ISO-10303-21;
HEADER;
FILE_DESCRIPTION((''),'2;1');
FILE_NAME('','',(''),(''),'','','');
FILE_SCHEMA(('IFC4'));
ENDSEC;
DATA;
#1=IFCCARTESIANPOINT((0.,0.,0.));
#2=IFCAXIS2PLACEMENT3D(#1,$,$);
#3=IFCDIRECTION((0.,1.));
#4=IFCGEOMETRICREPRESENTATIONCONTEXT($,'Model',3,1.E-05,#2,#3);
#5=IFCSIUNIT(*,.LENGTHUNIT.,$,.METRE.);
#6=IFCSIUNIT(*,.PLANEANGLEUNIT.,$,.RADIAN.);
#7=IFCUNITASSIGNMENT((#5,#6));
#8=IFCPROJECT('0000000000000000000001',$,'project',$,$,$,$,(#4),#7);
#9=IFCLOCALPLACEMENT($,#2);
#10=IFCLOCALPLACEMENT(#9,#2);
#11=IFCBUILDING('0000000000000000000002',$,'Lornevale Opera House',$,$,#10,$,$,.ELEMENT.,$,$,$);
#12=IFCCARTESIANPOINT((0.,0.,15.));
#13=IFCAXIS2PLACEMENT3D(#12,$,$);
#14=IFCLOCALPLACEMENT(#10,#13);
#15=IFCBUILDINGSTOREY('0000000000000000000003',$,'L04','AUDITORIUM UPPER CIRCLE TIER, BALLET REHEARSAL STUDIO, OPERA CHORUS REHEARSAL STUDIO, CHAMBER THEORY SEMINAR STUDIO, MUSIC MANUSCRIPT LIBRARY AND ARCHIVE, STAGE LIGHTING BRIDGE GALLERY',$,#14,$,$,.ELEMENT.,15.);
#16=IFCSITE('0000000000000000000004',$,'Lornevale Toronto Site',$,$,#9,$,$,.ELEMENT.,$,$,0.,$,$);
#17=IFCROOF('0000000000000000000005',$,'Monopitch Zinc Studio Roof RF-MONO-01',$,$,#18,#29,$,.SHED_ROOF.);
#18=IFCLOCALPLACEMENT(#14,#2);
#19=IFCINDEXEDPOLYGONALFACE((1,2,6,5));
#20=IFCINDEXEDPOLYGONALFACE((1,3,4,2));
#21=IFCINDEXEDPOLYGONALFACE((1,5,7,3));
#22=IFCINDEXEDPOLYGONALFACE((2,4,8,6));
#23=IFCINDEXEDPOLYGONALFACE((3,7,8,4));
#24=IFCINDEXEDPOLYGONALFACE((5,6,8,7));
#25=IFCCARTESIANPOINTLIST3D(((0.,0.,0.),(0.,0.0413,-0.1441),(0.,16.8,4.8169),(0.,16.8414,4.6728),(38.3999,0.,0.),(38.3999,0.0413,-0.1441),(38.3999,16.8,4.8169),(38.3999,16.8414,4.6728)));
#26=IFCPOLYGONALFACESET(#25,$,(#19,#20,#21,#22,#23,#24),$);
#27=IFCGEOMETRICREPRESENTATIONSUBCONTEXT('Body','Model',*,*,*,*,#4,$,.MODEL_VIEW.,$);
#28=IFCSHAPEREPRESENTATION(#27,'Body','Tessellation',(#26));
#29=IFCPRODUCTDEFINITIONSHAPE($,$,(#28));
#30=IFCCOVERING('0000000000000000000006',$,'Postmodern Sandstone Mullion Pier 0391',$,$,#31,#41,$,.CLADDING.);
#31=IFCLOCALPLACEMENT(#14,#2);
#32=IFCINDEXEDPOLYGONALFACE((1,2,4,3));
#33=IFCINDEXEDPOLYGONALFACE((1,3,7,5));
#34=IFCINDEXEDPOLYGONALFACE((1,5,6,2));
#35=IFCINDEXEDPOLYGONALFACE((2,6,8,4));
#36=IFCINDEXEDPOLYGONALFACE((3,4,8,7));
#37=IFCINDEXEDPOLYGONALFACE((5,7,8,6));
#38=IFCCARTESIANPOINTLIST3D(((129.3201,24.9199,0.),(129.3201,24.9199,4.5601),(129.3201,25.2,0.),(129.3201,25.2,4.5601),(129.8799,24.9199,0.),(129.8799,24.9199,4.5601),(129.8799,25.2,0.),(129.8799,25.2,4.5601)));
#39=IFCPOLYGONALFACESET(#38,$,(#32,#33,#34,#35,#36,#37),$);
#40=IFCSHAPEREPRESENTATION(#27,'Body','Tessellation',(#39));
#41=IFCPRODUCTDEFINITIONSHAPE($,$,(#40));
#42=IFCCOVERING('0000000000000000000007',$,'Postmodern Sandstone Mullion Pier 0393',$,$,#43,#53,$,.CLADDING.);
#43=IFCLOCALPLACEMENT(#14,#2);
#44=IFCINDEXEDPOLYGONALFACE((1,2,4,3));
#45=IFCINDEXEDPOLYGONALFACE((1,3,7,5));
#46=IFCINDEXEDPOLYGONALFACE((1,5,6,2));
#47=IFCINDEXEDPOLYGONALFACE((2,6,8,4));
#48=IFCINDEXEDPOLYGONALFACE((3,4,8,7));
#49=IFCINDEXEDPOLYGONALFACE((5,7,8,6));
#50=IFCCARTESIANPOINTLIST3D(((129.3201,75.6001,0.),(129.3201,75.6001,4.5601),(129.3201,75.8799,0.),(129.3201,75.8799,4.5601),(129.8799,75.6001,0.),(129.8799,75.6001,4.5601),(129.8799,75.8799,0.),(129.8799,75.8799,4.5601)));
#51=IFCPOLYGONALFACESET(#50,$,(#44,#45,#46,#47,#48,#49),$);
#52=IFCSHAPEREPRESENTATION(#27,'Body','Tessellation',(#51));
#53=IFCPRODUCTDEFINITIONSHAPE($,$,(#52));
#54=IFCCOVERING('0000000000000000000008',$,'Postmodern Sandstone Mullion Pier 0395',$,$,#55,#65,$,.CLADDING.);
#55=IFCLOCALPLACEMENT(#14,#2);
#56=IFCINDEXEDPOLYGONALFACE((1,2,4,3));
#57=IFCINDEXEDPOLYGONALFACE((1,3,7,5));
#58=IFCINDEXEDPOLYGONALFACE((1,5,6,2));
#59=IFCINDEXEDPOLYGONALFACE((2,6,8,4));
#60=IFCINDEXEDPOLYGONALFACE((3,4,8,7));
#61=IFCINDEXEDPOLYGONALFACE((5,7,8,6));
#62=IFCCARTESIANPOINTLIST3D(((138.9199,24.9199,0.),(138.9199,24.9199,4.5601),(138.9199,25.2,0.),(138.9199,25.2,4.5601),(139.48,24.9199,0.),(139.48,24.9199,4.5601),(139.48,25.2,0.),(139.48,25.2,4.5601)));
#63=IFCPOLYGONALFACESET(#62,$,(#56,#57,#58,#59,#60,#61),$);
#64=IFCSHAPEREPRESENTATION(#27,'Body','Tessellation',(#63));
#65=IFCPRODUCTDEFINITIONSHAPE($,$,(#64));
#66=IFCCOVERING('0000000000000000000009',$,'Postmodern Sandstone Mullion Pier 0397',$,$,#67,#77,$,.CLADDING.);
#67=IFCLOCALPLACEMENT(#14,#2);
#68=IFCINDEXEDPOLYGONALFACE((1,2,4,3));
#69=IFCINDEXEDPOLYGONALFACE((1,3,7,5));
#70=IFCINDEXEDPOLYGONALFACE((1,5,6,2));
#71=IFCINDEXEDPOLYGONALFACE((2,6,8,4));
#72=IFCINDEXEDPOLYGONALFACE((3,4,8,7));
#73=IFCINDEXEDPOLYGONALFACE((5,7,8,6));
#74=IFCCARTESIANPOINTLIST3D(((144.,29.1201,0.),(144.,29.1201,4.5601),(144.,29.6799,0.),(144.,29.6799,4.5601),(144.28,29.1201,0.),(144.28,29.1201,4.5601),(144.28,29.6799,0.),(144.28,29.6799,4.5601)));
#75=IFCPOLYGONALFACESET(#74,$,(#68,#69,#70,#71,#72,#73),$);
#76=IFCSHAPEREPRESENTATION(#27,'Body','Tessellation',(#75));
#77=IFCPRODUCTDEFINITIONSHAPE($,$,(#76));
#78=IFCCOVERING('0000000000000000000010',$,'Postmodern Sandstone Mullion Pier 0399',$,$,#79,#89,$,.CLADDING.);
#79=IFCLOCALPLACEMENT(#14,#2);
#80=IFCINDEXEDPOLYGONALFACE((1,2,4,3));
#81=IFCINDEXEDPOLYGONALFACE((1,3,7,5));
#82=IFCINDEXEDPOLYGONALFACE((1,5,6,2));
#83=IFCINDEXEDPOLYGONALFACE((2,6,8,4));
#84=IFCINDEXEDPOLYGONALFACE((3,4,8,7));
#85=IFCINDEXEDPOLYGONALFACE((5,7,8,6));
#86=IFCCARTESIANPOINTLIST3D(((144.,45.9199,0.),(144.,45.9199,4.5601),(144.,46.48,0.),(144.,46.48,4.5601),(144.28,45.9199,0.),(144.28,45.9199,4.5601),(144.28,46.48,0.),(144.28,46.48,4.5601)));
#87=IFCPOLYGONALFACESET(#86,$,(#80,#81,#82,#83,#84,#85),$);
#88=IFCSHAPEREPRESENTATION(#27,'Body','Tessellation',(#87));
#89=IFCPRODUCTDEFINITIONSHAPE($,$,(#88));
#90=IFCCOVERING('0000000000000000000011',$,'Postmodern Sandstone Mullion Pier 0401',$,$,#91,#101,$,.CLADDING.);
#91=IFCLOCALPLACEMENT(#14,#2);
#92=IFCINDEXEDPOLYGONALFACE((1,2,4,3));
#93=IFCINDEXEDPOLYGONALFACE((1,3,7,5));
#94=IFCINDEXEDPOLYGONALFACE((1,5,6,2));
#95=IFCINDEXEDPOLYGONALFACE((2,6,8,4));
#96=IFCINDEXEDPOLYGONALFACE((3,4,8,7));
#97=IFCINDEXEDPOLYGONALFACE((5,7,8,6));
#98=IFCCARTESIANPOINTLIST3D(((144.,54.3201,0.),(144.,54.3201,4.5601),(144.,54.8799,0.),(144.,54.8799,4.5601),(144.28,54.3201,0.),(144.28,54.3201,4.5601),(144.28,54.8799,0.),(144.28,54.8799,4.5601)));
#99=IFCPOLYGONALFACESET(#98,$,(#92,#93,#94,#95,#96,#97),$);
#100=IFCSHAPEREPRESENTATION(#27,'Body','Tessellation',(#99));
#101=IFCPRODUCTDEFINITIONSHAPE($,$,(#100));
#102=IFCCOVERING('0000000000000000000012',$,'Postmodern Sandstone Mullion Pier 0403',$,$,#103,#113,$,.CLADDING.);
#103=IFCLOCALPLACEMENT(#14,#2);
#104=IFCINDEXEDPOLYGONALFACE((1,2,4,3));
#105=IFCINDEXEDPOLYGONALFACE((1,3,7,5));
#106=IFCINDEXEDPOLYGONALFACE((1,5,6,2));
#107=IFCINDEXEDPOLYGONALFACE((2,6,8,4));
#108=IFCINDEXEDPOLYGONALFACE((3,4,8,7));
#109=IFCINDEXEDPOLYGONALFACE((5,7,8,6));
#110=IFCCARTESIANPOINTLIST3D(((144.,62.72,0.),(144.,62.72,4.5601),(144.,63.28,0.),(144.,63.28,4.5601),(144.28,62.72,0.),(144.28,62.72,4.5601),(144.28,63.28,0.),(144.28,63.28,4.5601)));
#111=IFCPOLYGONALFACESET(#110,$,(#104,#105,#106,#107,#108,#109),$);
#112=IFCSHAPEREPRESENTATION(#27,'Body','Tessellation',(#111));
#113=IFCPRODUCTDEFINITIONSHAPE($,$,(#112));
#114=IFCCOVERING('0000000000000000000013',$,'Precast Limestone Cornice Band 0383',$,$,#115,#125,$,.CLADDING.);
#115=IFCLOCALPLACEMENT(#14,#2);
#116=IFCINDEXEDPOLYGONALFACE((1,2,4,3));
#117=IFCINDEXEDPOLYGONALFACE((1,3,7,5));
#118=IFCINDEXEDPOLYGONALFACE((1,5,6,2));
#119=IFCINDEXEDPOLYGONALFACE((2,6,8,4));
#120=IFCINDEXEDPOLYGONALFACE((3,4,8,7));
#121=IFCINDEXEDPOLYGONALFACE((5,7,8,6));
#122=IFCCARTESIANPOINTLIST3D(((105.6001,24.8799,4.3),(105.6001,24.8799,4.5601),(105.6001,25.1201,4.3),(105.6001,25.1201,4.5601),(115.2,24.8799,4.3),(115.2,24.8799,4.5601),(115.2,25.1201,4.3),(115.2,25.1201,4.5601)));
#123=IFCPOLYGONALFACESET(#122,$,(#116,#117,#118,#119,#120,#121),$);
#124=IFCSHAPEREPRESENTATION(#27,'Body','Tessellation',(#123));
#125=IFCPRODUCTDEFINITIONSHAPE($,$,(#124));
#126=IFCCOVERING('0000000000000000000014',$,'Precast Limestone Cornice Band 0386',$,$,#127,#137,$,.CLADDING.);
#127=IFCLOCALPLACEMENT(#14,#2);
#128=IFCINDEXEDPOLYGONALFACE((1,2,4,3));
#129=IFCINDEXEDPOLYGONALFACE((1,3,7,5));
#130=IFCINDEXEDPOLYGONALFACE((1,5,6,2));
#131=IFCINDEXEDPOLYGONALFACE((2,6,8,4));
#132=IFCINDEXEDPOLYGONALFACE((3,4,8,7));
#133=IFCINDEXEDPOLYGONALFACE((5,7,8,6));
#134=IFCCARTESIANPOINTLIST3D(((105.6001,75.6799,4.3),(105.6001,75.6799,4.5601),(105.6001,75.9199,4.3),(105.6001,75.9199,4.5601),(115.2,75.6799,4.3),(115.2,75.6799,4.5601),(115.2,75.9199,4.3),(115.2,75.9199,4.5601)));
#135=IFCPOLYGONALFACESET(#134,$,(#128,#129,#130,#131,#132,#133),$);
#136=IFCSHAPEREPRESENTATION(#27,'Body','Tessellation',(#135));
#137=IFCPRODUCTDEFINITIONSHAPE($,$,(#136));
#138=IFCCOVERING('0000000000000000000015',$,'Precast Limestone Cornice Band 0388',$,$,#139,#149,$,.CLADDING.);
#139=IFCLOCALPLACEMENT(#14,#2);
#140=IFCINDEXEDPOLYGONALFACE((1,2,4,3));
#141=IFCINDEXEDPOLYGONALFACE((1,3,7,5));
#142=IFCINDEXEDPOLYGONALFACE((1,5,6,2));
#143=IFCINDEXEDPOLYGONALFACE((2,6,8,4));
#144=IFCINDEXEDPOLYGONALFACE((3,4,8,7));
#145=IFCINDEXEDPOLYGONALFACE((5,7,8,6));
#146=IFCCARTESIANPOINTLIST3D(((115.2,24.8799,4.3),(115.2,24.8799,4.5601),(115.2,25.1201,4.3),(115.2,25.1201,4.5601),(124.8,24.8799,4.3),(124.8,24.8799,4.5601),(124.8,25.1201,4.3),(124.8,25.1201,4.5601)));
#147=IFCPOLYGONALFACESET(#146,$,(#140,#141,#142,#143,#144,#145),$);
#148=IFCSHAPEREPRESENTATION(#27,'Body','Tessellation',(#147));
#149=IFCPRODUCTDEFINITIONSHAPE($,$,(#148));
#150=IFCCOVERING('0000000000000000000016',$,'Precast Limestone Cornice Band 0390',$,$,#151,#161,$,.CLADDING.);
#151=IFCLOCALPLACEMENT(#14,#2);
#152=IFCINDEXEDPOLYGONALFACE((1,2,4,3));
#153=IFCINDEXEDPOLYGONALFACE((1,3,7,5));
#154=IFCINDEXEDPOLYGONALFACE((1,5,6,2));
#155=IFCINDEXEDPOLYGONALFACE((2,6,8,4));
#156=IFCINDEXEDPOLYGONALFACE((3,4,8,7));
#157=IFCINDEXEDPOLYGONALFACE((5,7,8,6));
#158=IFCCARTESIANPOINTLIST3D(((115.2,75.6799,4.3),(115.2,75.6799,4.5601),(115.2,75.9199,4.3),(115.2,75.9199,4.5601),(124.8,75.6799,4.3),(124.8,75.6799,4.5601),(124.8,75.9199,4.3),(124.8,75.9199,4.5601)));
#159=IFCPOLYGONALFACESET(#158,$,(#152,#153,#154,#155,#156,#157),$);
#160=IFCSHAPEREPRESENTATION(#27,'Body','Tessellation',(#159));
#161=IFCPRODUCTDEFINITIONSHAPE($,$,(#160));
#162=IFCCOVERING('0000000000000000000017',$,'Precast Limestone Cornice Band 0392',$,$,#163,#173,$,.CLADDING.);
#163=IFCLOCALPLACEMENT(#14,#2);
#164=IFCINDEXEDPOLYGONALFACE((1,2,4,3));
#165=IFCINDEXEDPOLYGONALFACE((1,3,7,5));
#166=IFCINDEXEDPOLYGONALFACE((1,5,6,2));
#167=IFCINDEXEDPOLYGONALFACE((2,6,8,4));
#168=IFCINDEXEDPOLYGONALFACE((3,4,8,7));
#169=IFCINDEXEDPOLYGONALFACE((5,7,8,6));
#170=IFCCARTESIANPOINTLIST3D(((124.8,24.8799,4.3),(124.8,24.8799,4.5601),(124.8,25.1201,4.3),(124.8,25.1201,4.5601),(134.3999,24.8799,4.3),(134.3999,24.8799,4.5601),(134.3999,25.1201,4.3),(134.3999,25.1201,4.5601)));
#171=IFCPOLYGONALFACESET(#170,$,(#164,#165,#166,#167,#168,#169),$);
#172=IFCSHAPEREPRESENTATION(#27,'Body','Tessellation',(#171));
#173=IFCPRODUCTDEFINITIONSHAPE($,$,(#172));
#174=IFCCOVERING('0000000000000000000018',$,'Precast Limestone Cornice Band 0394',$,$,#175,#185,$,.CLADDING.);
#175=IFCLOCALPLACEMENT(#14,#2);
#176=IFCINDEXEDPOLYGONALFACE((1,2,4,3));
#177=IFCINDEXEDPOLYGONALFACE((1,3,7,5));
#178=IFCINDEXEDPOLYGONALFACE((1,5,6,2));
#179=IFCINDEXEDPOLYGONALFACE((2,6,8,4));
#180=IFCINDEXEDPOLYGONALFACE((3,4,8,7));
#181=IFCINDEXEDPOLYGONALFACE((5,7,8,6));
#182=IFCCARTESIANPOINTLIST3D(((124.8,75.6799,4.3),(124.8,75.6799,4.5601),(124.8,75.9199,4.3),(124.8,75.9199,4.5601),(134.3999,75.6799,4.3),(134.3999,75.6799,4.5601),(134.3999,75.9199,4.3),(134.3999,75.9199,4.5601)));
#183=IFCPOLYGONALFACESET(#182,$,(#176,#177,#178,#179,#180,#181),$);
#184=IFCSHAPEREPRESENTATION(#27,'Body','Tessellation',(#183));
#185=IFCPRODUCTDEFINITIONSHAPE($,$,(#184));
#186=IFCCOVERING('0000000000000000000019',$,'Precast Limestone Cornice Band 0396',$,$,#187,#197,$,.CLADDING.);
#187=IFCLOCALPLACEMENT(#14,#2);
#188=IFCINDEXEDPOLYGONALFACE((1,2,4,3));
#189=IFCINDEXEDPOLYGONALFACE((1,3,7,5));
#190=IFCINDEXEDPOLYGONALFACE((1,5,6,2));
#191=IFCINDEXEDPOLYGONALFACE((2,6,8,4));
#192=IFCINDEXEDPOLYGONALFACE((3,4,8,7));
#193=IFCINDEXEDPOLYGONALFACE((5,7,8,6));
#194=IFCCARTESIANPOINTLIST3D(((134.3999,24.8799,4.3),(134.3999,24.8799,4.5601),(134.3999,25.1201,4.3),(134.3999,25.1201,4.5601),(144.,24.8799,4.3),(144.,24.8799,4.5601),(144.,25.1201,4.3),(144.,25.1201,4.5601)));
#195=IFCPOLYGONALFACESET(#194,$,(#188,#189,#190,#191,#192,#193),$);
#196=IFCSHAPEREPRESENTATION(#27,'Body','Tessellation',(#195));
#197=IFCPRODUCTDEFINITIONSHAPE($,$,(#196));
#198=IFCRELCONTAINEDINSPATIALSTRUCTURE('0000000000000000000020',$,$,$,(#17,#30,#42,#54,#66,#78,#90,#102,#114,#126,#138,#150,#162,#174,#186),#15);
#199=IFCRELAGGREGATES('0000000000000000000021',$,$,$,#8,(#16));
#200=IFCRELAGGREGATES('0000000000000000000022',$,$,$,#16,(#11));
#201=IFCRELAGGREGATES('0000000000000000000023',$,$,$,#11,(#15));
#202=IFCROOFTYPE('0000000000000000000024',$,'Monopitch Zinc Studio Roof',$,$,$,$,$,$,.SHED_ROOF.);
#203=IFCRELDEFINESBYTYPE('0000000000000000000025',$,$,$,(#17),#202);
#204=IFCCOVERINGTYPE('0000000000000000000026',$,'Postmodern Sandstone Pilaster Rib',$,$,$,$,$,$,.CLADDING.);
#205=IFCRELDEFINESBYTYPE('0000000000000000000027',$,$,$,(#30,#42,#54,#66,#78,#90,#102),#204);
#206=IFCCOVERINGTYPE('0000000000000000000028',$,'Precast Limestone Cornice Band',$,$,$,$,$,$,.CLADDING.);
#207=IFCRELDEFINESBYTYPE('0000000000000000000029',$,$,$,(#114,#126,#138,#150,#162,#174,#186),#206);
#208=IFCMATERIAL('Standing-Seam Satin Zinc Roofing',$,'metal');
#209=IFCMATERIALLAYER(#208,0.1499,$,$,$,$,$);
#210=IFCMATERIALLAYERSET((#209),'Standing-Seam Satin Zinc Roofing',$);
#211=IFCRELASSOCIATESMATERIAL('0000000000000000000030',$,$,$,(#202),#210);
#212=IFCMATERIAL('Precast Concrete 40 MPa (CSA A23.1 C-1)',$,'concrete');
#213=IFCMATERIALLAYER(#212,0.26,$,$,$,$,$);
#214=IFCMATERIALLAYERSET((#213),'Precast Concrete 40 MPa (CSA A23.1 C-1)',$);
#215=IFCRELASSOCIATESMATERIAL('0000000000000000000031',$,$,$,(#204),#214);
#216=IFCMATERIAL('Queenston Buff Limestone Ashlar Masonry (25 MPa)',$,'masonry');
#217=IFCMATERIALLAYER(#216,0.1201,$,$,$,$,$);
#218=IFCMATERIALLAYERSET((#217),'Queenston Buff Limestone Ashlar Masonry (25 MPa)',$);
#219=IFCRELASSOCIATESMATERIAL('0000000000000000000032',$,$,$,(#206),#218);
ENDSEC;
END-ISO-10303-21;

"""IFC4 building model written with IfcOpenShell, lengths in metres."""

from ifc_helpers import new_model, si_unit, direction, frame, origin, place, context, subcontext, project, spatial, polyline, outline, extrude, material, layer, layer_set, type_object, element, save


model = new_model("IFC4")

# Units and contexts
model_context = context("Model", 3, precision=1e-05, world=origin(), true_north=direction((0.0, 1.0)))
body_context = subcontext(model_context, "Body", "Model", "MODEL_VIEW")
ifc_project = project(units=[si_unit("LENGTHUNIT", "METRE"), si_unit("PLANEANGLEUNIT", "RADIAN")], contexts=[model_context])

# Site, building, storey
site_placement = place(None, origin())
site = spatial("IfcSite", under=ifc_project, at=site_placement, Name="Lornevale Toronto Site", CompositionType="ELEMENT", RefElevation=0.0)
building_placement = place(site_placement, origin())
building = spatial("IfcBuilding", under=site, at=building_placement, Name="Lornevale Opera House", CompositionType="ELEMENT")
storey_placement = place(building_placement, frame((0.0, 0.0, 15.0)))
storey = spatial("IfcBuildingStorey", under=building, at=storey_placement, Name="L04", Description="AUDITORIUM UPPER CIRCLE TIER, BALLET REHEARSAL STUDIO, OPERA CHORUS REHEARSAL STUDIO, CHAMBER THEORY SEMINAR STUDIO, MUSIC MANUSCRIPT LIBRARY AND ARCHIVE, STAGE LIGHTING BRIDGE GALLERY", CompositionType="ELEMENT", Elevation=15.0)

# Roof
ifc_material_1 = material(Name="Standing-Seam Satin Zinc Roofing", Category="metal")
ifc_layer_1 = layer(ifc_material_1, 0.1499)
ifc_layer_set_1 = layer_set([ifc_layer_1], Name="Standing-Seam Satin Zinc Roofing")
roof_type = type_object("IfcRoofType", Name="Monopitch Zinc Studio Roof", PredefinedType="SHED_ROOF", material=ifc_layer_set_1)
roof_placement = place(storey_placement, frame((0.0, 0.0, 0.0), z_axis=(0.0, -0.275614, 0.961268), x_axis=(1.0, 0.0, 0.0)))
element("IfcRoof", 1, at=roof_placement, inside=storey, type_object=roof_type, Name="Monopitch Zinc Studio Roof RF-MONO-01", PredefinedType="SHED_ROOF", context=body_context, shape_type="SweptSolid", body=[
    extrude(outline(polyline([(0.0, 0.0), (38.3999, 0.0), (38.3999, 17.477), (0.0, 17.477), (0.0, 0.0)])), origin(), (0.0, 0.0, -1.0), 0.1499),
])

# Coverings
ifc_material_2 = material(Name="Precast Concrete 40 MPa (CSA A23.1 C-1)", Category="concrete")
ifc_layer_2 = layer(ifc_material_2, 0.26)
ifc_layer_set_2 = layer_set([ifc_layer_2], Name="Precast Concrete 40 MPa (CSA A23.1 C-1)")
covering_type_1 = type_object("IfcCoveringType", Name="Postmodern Sandstone Pilaster Rib", PredefinedType="CLADDING", material=ifc_layer_set_2)
covering_1_placement = place(storey_placement, origin())
element("IfcCovering", 2, at=covering_1_placement, inside=storey, type_object=covering_type_1, Name="Postmodern Sandstone Mullion Pier 0391", PredefinedType="CLADDING", context=body_context, shape_type="SweptSolid", body=[
    extrude(outline(polyline([(129.8799, 25.2), (129.3201, 25.2), (129.3201, 24.9199), (129.8799, 24.9199), (129.8799, 25.2)])), origin(), (0.0, 0.0, 1.0), 4.5601),
])
covering_2_placement = place(storey_placement, origin())
element("IfcCovering", 3, at=covering_2_placement, inside=storey, type_object=covering_type_1, Name="Postmodern Sandstone Mullion Pier 0393", PredefinedType="CLADDING", context=body_context, shape_type="SweptSolid", body=[
    extrude(outline(polyline([(129.3201, 75.6001), (129.8799, 75.6001), (129.8799, 75.8799), (129.3201, 75.8799), (129.3201, 75.6001)])), origin(), (0.0, 0.0, 1.0), 4.5601),
])
covering_3_placement = place(storey_placement, origin())
element("IfcCovering", 4, at=covering_3_placement, inside=storey, type_object=covering_type_1, Name="Postmodern Sandstone Mullion Pier 0395", PredefinedType="CLADDING", context=body_context, shape_type="SweptSolid", body=[
    extrude(outline(polyline([(139.48, 25.2), (138.9199, 25.2), (138.9199, 24.9199), (139.48, 24.9199), (139.48, 25.2)])), origin(), (0.0, 0.0, 1.0), 4.5601),
])
covering_4_placement = place(storey_placement, origin())
element("IfcCovering", 5, at=covering_4_placement, inside=storey, type_object=covering_type_1, Name="Postmodern Sandstone Mullion Pier 0397", PredefinedType="CLADDING", context=body_context, shape_type="SweptSolid", body=[
    extrude(outline(polyline([(144.0, 29.6799), (144.0, 29.1201), (144.28, 29.1201), (144.28, 29.6799), (144.0, 29.6799)])), origin(), (0.0, 0.0, 1.0), 4.5601),
])
covering_5_placement = place(storey_placement, origin())
element("IfcCovering", 6, at=covering_5_placement, inside=storey, type_object=covering_type_1, Name="Postmodern Sandstone Mullion Pier 0399", PredefinedType="CLADDING", context=body_context, shape_type="SweptSolid", body=[
    extrude(outline(polyline([(144.0, 46.48), (144.0, 45.9199), (144.28, 45.9199), (144.28, 46.48), (144.0, 46.48)])), origin(), (0.0, 0.0, 1.0), 4.5601),
])
covering_6_placement = place(storey_placement, origin())
element("IfcCovering", 7, at=covering_6_placement, inside=storey, type_object=covering_type_1, Name="Postmodern Sandstone Mullion Pier 0401", PredefinedType="CLADDING", context=body_context, shape_type="SweptSolid", body=[
    extrude(outline(polyline([(144.0, 54.8799), (144.0, 54.3201), (144.28, 54.3201), (144.28, 54.8799), (144.0, 54.8799)])), origin(), (0.0, 0.0, 1.0), 4.5601),
])
covering_7_placement = place(storey_placement, origin())
element("IfcCovering", 8, at=covering_7_placement, inside=storey, type_object=covering_type_1, Name="Postmodern Sandstone Mullion Pier 0403", PredefinedType="CLADDING", context=body_context, shape_type="SweptSolid", body=[
    extrude(outline(polyline([(144.0, 63.28), (144.0, 62.72), (144.28, 62.72), (144.28, 63.28), (144.0, 63.28)])), origin(), (0.0, 0.0, 1.0), 4.5601),
])
ifc_material_3 = material(Name="Queenston Buff Limestone Ashlar Masonry (25 MPa)", Category="masonry")
ifc_layer_3 = layer(ifc_material_3, 0.1201)
ifc_layer_set_3 = layer_set([ifc_layer_3], Name="Queenston Buff Limestone Ashlar Masonry (25 MPa)")
covering_type_2 = type_object("IfcCoveringType", Name="Precast Limestone Cornice Band", PredefinedType="CLADDING", material=ifc_layer_set_3)
covering_8_placement = place(storey_placement, frame((0.0, 0.0, 4.3)))
element("IfcCovering", 9, at=covering_8_placement, inside=storey, type_object=covering_type_2, Name="Precast Limestone Cornice Band 0383", PredefinedType="CLADDING", context=body_context, shape_type="SweptSolid", body=[
    extrude(outline(polyline([(115.2, 25.1201), (105.6001, 25.1201), (105.6001, 24.8799), (115.2, 24.8799), (115.2, 25.1201)])), origin(), (0.0, 0.0, 1.0), 0.26),
])
covering_9_placement = place(storey_placement, frame((0.0, 0.0, 4.3)))
element("IfcCovering", 10, at=covering_9_placement, inside=storey, type_object=covering_type_2, Name="Precast Limestone Cornice Band 0386", PredefinedType="CLADDING", context=body_context, shape_type="SweptSolid", body=[
    extrude(outline(polyline([(105.6001, 75.6799), (115.2, 75.6799), (115.2, 75.9199), (105.6001, 75.9199), (105.6001, 75.6799)])), origin(), (0.0, 0.0, 1.0), 0.26),
])
covering_10_placement = place(storey_placement, frame((0.0, 0.0, 4.3)))
element("IfcCovering", 11, at=covering_10_placement, inside=storey, type_object=covering_type_2, Name="Precast Limestone Cornice Band 0388", PredefinedType="CLADDING", context=body_context, shape_type="SweptSolid", body=[
    extrude(outline(polyline([(124.8, 25.1201), (115.2, 25.1201), (115.2, 24.8799), (124.8, 24.8799), (124.8, 25.1201)])), origin(), (0.0, 0.0, 1.0), 0.26),
])
covering_11_placement = place(storey_placement, frame((0.0, 0.0, 4.3)))
element("IfcCovering", 12, at=covering_11_placement, inside=storey, type_object=covering_type_2, Name="Precast Limestone Cornice Band 0390", PredefinedType="CLADDING", context=body_context, shape_type="SweptSolid", body=[
    extrude(outline(polyline([(115.2, 75.6799), (124.8, 75.6799), (124.8, 75.9199), (115.2, 75.9199), (115.2, 75.6799)])), origin(), (0.0, 0.0, 1.0), 0.26),
])
covering_12_placement = place(storey_placement, frame((0.0, 0.0, 4.3)))
element("IfcCovering", 13, at=covering_12_placement, inside=storey, type_object=covering_type_2, Name="Precast Limestone Cornice Band 0392", PredefinedType="CLADDING", context=body_context, shape_type="SweptSolid", body=[
    extrude(outline(polyline([(134.3999, 25.1201), (124.8, 25.1201), (124.8, 24.8799), (134.3999, 24.8799), (134.3999, 25.1201)])), origin(), (0.0, 0.0, 1.0), 0.26),
])
covering_13_placement = place(storey_placement, frame((0.0, 0.0, 4.3)))
element("IfcCovering", 14, at=covering_13_placement, inside=storey, type_object=covering_type_2, Name="Precast Limestone Cornice Band 0394", PredefinedType="CLADDING", context=body_context, shape_type="SweptSolid", body=[
    extrude(outline(polyline([(124.8, 75.6799), (134.3999, 75.6799), (134.3999, 75.9199), (124.8, 75.9199), (124.8, 75.6799)])), origin(), (0.0, 0.0, 1.0), 0.26),
])
covering_14_placement = place(storey_placement, frame((0.0, 0.0, 4.3)))
element("IfcCovering", 15, at=covering_14_placement, inside=storey, type_object=covering_type_2, Name="Precast Limestone Cornice Band 0396", PredefinedType="CLADDING", context=body_context, shape_type="SweptSolid", body=[
    extrude(outline(polyline([(144.0, 25.1201), (134.3999, 25.1201), (134.3999, 24.8799), (144.0, 24.8799), (144.0, 25.1201)])), origin(), (0.0, 0.0, 1.0), 0.26),
])

save(model, "model.ifc")
